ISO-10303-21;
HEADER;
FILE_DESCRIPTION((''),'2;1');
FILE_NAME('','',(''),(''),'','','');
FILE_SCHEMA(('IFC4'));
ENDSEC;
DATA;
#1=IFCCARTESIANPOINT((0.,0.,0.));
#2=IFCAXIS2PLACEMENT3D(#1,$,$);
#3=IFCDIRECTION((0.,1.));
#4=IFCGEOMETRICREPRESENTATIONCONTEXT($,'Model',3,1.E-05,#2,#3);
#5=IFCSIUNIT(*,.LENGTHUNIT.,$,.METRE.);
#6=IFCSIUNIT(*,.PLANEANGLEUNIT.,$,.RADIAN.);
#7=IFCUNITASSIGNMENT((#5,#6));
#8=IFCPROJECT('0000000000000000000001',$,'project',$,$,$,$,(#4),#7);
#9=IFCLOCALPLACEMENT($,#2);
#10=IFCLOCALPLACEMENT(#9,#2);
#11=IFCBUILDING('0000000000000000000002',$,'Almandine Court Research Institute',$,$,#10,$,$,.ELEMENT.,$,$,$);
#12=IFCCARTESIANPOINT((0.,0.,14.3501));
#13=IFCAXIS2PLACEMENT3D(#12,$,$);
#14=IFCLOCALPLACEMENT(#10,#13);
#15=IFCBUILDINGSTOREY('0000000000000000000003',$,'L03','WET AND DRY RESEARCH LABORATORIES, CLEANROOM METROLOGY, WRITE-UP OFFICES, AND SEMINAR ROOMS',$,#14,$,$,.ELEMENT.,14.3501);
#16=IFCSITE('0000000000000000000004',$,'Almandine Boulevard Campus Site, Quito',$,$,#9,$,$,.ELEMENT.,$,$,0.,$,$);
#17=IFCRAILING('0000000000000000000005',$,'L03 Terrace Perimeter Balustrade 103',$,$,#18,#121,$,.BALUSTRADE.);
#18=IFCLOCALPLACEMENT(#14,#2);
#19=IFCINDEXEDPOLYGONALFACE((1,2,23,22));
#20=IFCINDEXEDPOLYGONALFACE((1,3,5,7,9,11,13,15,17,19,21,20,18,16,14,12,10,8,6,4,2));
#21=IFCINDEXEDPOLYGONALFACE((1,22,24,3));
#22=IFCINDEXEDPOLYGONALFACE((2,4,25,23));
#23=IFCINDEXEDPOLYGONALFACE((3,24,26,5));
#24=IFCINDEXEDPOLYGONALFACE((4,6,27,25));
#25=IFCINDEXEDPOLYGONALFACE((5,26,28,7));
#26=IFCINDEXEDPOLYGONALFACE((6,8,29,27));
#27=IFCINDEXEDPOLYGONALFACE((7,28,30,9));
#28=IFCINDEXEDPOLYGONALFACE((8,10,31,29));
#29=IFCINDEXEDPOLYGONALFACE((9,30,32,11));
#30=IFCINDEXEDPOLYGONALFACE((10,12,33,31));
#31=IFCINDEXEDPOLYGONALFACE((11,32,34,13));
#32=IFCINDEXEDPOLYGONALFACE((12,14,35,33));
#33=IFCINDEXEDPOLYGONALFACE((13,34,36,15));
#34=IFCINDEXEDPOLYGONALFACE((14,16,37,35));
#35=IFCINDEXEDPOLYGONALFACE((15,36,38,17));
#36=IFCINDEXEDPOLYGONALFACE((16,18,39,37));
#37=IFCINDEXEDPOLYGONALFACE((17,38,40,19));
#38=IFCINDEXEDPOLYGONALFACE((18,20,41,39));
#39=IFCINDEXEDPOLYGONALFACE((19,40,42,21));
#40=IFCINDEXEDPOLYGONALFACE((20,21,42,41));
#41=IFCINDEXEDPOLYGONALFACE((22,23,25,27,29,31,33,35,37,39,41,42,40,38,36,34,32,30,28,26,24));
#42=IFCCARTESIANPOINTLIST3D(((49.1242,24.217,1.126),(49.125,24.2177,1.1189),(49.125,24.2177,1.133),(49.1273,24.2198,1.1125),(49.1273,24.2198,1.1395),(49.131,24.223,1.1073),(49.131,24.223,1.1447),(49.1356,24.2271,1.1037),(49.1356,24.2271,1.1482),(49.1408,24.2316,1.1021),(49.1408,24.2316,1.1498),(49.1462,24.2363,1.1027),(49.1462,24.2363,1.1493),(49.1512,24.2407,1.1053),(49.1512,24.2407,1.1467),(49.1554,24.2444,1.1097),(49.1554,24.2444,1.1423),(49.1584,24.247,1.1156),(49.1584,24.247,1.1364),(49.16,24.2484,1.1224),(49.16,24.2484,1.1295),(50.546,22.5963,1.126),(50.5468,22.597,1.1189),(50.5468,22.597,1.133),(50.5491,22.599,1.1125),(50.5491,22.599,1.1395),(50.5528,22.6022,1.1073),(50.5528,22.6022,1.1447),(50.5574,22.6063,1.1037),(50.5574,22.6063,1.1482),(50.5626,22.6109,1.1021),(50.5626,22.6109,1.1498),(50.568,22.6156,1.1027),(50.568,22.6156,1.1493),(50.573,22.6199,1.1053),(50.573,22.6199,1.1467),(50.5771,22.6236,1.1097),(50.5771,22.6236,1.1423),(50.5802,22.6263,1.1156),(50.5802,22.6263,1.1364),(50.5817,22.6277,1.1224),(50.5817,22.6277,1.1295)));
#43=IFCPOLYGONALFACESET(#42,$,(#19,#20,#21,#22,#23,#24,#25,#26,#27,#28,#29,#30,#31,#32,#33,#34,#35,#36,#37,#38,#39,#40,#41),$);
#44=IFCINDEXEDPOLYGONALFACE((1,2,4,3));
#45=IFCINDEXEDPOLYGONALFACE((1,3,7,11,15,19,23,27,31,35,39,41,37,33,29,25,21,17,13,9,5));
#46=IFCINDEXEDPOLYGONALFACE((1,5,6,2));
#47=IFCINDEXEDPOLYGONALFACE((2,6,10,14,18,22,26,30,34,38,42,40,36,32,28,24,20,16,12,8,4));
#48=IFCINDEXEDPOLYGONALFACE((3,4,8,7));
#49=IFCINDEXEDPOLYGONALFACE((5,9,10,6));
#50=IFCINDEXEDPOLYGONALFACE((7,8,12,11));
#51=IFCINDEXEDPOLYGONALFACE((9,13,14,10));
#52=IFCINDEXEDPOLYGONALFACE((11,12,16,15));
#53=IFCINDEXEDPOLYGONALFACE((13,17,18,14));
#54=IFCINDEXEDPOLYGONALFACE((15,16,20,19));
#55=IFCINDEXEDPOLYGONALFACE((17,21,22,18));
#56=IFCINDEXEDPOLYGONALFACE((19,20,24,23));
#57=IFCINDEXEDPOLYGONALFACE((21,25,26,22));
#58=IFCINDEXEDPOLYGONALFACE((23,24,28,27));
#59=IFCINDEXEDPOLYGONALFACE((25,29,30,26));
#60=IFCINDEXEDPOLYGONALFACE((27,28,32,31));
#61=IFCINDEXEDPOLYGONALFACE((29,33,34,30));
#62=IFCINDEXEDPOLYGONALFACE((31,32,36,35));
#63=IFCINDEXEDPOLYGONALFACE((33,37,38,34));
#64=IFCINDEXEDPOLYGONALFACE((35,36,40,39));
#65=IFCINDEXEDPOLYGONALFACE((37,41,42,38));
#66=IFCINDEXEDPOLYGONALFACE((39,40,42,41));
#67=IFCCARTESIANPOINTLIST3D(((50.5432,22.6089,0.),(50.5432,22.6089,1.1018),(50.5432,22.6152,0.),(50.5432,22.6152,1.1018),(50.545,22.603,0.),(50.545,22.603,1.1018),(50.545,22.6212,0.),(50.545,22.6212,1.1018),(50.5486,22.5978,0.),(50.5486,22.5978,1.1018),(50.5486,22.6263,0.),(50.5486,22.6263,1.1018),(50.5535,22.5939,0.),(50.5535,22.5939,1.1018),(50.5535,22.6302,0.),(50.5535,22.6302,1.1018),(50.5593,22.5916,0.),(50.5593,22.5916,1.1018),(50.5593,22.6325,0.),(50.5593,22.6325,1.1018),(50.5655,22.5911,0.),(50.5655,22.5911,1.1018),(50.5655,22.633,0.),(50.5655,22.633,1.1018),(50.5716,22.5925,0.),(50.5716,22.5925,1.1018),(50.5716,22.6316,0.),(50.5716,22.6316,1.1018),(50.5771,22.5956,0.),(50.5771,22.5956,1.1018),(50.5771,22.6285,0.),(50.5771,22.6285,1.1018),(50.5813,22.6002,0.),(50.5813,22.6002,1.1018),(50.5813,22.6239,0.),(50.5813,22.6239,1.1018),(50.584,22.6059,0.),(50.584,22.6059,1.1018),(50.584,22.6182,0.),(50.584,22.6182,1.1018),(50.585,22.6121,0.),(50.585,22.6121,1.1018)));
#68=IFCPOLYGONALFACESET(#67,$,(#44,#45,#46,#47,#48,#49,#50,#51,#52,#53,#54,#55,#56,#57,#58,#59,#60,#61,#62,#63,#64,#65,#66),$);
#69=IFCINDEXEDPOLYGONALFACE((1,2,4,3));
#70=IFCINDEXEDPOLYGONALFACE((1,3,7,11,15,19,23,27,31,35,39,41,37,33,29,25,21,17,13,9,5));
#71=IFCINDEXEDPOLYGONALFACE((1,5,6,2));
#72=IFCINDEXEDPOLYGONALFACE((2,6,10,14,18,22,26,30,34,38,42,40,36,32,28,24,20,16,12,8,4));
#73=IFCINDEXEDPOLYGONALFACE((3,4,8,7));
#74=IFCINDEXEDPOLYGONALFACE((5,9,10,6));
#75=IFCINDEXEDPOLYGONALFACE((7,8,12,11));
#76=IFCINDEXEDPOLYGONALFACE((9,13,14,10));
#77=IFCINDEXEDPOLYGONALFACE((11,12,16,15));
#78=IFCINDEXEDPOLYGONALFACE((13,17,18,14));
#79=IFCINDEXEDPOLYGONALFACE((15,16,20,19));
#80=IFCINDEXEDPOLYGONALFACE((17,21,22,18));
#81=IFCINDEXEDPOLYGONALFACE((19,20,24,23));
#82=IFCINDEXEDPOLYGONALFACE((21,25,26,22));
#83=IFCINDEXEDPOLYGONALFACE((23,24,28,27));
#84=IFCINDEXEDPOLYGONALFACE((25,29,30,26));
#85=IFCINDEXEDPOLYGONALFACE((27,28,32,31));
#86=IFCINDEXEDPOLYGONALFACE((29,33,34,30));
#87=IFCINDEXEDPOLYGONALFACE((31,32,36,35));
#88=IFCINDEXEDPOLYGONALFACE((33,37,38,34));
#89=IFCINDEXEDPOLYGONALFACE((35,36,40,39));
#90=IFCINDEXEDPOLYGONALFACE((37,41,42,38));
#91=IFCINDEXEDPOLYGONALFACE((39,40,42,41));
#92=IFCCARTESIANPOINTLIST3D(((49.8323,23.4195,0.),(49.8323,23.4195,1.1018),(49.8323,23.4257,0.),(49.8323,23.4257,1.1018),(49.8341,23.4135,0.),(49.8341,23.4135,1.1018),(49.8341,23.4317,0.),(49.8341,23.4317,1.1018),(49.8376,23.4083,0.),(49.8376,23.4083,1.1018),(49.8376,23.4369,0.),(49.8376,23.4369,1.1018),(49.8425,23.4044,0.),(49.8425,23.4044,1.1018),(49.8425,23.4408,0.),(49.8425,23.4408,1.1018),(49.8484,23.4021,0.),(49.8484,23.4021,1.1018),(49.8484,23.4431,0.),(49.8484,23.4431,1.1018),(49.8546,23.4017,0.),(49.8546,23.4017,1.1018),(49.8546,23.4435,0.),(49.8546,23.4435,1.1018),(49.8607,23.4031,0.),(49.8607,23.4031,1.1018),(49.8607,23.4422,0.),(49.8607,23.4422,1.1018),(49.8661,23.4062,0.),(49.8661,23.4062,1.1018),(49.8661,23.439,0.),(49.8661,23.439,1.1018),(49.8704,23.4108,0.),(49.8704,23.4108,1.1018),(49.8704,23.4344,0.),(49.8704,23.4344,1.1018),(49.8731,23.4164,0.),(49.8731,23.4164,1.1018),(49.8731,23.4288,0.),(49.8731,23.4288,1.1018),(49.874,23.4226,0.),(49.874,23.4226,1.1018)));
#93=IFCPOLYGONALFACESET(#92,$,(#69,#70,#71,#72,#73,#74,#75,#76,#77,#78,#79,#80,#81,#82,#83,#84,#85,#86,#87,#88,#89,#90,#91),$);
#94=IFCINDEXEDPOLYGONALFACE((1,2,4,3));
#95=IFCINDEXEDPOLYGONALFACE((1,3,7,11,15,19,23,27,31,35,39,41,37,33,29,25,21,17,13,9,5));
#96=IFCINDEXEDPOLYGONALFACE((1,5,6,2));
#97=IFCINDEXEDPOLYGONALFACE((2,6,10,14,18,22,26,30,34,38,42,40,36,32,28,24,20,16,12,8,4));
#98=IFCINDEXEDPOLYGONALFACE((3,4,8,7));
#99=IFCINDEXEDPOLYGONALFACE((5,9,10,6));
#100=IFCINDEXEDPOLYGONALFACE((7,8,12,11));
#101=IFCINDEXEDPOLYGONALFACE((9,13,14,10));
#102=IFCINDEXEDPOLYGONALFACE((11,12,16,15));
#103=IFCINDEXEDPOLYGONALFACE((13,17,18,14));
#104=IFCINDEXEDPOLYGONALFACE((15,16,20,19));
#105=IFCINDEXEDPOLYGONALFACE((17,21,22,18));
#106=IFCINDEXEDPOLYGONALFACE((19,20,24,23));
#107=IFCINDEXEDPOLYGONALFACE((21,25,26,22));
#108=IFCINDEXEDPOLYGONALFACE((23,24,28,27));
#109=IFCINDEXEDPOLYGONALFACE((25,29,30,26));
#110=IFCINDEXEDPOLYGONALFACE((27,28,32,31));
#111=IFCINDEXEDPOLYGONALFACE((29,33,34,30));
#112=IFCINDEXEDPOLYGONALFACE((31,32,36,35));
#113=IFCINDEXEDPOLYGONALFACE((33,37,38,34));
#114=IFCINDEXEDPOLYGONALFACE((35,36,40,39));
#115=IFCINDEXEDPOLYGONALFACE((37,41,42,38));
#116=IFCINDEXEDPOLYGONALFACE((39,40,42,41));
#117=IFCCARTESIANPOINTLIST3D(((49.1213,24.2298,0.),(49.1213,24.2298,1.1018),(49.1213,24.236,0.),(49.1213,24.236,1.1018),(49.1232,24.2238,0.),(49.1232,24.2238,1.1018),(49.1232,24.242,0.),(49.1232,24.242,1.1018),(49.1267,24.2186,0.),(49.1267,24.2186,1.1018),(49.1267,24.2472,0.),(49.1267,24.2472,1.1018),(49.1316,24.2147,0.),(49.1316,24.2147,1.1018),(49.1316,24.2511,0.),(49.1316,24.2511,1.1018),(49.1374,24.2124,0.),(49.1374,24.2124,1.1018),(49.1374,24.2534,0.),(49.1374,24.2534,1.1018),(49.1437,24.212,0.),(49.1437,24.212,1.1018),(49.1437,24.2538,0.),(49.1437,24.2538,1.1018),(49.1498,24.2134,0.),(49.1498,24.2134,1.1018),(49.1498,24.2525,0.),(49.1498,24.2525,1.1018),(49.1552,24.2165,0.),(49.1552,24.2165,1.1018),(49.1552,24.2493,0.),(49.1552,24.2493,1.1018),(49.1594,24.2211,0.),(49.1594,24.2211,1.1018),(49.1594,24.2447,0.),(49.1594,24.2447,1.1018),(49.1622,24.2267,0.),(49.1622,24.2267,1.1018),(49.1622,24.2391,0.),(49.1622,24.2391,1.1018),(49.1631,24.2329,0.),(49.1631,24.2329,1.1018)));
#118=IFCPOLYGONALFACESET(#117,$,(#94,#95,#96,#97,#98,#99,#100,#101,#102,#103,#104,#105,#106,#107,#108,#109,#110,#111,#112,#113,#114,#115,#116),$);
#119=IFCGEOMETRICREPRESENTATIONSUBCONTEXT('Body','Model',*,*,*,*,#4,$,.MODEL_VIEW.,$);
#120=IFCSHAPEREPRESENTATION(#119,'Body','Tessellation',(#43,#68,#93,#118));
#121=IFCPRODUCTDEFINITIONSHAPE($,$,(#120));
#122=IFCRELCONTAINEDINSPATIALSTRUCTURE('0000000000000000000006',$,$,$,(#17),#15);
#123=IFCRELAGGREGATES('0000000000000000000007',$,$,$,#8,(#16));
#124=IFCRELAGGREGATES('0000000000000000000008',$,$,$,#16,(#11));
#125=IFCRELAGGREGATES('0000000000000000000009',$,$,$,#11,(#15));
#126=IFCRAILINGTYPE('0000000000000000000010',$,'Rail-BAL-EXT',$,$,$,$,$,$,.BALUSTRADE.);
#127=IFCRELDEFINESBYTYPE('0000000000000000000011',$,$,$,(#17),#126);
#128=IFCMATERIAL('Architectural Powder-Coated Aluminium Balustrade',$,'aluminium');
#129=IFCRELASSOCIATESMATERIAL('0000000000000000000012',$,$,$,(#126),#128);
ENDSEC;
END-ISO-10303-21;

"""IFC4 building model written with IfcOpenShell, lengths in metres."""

from ifc_helpers import new_model, si_unit, direction, frame, origin, origin_2d, place, context, subcontext, project, spatial, circle, extrude, material, type_object, element, save


model = new_model("IFC4")

# Units and contexts
model_context = context("Model", 3, precision=1e-05, world=origin(), true_north=direction((0.0, 1.0)))
body_context = subcontext(model_context, "Body", "Model", "MODEL_VIEW")
ifc_project = project(units=[si_unit("LENGTHUNIT", "METRE"), si_unit("PLANEANGLEUNIT", "RADIAN")], contexts=[model_context])

# Site, building, storey
site_placement = place(None, origin())
site = spatial("IfcSite", under=ifc_project, at=site_placement, Name="Almandine Boulevard Campus Site, Quito", CompositionType="ELEMENT", RefElevation=0.0)
building_placement = place(site_placement, origin())
building = spatial("IfcBuilding", under=site, at=building_placement, Name="Almandine Court Research Institute", CompositionType="ELEMENT")
storey_placement = place(building_placement, frame((0.0, 0.0, 14.3501)))
storey = spatial("IfcBuildingStorey", under=building, at=storey_placement, Name="L03", Description="WET AND DRY RESEARCH LABORATORIES, CLEANROOM METROLOGY, WRITE-UP OFFICES, AND SEMINAR ROOMS", CompositionType="ELEMENT", Elevation=14.3501)

# Railing
ifc_material_1 = material(Name="Architectural Powder-Coated Aluminium Balustrade", Category="aluminium")
railing_type = type_object("IfcRailingType", Name="Rail-BAL-EXT", PredefinedType="BALUSTRADE", material=ifc_material_1)
railing_1_placement = place(storey_placement, frame((50.564, 22.6121, 0.0)))
element("IfcRailing", 1, at=railing_1_placement, inside=storey, type_object=railing_type, Name="L03 Terrace Perimeter Balustrade 103", PredefinedType="BALUSTRADE", context=body_context, shape_type="SweptSolid", body=[
    extrude(circle(Radius=0.0239, at=origin_2d()), frame((0.0, 0.0, 1.126), z_axis=(-0.659458, 0.751741, 0.0), x_axis=(-0.751741, -0.659458, 0.0)), (0.0, 0.0, 1.0), 2.156),
    extrude(circle(Radius=0.021, at=origin_2d()), origin(), (0.0, 0.0, 1.0), 1.1018),
    extrude(circle(Radius=0.021, at=origin_2d()), frame((-0.7109, 0.8105, 0.0)), (0.0, 0.0, 1.0), 1.1018),
    extrude(circle(Radius=0.021, at=origin_2d()), frame((-1.4219, 1.6208, 0.0)), (0.0, 0.0, 1.0), 1.1018),
])

save(model, "model.ifc")
